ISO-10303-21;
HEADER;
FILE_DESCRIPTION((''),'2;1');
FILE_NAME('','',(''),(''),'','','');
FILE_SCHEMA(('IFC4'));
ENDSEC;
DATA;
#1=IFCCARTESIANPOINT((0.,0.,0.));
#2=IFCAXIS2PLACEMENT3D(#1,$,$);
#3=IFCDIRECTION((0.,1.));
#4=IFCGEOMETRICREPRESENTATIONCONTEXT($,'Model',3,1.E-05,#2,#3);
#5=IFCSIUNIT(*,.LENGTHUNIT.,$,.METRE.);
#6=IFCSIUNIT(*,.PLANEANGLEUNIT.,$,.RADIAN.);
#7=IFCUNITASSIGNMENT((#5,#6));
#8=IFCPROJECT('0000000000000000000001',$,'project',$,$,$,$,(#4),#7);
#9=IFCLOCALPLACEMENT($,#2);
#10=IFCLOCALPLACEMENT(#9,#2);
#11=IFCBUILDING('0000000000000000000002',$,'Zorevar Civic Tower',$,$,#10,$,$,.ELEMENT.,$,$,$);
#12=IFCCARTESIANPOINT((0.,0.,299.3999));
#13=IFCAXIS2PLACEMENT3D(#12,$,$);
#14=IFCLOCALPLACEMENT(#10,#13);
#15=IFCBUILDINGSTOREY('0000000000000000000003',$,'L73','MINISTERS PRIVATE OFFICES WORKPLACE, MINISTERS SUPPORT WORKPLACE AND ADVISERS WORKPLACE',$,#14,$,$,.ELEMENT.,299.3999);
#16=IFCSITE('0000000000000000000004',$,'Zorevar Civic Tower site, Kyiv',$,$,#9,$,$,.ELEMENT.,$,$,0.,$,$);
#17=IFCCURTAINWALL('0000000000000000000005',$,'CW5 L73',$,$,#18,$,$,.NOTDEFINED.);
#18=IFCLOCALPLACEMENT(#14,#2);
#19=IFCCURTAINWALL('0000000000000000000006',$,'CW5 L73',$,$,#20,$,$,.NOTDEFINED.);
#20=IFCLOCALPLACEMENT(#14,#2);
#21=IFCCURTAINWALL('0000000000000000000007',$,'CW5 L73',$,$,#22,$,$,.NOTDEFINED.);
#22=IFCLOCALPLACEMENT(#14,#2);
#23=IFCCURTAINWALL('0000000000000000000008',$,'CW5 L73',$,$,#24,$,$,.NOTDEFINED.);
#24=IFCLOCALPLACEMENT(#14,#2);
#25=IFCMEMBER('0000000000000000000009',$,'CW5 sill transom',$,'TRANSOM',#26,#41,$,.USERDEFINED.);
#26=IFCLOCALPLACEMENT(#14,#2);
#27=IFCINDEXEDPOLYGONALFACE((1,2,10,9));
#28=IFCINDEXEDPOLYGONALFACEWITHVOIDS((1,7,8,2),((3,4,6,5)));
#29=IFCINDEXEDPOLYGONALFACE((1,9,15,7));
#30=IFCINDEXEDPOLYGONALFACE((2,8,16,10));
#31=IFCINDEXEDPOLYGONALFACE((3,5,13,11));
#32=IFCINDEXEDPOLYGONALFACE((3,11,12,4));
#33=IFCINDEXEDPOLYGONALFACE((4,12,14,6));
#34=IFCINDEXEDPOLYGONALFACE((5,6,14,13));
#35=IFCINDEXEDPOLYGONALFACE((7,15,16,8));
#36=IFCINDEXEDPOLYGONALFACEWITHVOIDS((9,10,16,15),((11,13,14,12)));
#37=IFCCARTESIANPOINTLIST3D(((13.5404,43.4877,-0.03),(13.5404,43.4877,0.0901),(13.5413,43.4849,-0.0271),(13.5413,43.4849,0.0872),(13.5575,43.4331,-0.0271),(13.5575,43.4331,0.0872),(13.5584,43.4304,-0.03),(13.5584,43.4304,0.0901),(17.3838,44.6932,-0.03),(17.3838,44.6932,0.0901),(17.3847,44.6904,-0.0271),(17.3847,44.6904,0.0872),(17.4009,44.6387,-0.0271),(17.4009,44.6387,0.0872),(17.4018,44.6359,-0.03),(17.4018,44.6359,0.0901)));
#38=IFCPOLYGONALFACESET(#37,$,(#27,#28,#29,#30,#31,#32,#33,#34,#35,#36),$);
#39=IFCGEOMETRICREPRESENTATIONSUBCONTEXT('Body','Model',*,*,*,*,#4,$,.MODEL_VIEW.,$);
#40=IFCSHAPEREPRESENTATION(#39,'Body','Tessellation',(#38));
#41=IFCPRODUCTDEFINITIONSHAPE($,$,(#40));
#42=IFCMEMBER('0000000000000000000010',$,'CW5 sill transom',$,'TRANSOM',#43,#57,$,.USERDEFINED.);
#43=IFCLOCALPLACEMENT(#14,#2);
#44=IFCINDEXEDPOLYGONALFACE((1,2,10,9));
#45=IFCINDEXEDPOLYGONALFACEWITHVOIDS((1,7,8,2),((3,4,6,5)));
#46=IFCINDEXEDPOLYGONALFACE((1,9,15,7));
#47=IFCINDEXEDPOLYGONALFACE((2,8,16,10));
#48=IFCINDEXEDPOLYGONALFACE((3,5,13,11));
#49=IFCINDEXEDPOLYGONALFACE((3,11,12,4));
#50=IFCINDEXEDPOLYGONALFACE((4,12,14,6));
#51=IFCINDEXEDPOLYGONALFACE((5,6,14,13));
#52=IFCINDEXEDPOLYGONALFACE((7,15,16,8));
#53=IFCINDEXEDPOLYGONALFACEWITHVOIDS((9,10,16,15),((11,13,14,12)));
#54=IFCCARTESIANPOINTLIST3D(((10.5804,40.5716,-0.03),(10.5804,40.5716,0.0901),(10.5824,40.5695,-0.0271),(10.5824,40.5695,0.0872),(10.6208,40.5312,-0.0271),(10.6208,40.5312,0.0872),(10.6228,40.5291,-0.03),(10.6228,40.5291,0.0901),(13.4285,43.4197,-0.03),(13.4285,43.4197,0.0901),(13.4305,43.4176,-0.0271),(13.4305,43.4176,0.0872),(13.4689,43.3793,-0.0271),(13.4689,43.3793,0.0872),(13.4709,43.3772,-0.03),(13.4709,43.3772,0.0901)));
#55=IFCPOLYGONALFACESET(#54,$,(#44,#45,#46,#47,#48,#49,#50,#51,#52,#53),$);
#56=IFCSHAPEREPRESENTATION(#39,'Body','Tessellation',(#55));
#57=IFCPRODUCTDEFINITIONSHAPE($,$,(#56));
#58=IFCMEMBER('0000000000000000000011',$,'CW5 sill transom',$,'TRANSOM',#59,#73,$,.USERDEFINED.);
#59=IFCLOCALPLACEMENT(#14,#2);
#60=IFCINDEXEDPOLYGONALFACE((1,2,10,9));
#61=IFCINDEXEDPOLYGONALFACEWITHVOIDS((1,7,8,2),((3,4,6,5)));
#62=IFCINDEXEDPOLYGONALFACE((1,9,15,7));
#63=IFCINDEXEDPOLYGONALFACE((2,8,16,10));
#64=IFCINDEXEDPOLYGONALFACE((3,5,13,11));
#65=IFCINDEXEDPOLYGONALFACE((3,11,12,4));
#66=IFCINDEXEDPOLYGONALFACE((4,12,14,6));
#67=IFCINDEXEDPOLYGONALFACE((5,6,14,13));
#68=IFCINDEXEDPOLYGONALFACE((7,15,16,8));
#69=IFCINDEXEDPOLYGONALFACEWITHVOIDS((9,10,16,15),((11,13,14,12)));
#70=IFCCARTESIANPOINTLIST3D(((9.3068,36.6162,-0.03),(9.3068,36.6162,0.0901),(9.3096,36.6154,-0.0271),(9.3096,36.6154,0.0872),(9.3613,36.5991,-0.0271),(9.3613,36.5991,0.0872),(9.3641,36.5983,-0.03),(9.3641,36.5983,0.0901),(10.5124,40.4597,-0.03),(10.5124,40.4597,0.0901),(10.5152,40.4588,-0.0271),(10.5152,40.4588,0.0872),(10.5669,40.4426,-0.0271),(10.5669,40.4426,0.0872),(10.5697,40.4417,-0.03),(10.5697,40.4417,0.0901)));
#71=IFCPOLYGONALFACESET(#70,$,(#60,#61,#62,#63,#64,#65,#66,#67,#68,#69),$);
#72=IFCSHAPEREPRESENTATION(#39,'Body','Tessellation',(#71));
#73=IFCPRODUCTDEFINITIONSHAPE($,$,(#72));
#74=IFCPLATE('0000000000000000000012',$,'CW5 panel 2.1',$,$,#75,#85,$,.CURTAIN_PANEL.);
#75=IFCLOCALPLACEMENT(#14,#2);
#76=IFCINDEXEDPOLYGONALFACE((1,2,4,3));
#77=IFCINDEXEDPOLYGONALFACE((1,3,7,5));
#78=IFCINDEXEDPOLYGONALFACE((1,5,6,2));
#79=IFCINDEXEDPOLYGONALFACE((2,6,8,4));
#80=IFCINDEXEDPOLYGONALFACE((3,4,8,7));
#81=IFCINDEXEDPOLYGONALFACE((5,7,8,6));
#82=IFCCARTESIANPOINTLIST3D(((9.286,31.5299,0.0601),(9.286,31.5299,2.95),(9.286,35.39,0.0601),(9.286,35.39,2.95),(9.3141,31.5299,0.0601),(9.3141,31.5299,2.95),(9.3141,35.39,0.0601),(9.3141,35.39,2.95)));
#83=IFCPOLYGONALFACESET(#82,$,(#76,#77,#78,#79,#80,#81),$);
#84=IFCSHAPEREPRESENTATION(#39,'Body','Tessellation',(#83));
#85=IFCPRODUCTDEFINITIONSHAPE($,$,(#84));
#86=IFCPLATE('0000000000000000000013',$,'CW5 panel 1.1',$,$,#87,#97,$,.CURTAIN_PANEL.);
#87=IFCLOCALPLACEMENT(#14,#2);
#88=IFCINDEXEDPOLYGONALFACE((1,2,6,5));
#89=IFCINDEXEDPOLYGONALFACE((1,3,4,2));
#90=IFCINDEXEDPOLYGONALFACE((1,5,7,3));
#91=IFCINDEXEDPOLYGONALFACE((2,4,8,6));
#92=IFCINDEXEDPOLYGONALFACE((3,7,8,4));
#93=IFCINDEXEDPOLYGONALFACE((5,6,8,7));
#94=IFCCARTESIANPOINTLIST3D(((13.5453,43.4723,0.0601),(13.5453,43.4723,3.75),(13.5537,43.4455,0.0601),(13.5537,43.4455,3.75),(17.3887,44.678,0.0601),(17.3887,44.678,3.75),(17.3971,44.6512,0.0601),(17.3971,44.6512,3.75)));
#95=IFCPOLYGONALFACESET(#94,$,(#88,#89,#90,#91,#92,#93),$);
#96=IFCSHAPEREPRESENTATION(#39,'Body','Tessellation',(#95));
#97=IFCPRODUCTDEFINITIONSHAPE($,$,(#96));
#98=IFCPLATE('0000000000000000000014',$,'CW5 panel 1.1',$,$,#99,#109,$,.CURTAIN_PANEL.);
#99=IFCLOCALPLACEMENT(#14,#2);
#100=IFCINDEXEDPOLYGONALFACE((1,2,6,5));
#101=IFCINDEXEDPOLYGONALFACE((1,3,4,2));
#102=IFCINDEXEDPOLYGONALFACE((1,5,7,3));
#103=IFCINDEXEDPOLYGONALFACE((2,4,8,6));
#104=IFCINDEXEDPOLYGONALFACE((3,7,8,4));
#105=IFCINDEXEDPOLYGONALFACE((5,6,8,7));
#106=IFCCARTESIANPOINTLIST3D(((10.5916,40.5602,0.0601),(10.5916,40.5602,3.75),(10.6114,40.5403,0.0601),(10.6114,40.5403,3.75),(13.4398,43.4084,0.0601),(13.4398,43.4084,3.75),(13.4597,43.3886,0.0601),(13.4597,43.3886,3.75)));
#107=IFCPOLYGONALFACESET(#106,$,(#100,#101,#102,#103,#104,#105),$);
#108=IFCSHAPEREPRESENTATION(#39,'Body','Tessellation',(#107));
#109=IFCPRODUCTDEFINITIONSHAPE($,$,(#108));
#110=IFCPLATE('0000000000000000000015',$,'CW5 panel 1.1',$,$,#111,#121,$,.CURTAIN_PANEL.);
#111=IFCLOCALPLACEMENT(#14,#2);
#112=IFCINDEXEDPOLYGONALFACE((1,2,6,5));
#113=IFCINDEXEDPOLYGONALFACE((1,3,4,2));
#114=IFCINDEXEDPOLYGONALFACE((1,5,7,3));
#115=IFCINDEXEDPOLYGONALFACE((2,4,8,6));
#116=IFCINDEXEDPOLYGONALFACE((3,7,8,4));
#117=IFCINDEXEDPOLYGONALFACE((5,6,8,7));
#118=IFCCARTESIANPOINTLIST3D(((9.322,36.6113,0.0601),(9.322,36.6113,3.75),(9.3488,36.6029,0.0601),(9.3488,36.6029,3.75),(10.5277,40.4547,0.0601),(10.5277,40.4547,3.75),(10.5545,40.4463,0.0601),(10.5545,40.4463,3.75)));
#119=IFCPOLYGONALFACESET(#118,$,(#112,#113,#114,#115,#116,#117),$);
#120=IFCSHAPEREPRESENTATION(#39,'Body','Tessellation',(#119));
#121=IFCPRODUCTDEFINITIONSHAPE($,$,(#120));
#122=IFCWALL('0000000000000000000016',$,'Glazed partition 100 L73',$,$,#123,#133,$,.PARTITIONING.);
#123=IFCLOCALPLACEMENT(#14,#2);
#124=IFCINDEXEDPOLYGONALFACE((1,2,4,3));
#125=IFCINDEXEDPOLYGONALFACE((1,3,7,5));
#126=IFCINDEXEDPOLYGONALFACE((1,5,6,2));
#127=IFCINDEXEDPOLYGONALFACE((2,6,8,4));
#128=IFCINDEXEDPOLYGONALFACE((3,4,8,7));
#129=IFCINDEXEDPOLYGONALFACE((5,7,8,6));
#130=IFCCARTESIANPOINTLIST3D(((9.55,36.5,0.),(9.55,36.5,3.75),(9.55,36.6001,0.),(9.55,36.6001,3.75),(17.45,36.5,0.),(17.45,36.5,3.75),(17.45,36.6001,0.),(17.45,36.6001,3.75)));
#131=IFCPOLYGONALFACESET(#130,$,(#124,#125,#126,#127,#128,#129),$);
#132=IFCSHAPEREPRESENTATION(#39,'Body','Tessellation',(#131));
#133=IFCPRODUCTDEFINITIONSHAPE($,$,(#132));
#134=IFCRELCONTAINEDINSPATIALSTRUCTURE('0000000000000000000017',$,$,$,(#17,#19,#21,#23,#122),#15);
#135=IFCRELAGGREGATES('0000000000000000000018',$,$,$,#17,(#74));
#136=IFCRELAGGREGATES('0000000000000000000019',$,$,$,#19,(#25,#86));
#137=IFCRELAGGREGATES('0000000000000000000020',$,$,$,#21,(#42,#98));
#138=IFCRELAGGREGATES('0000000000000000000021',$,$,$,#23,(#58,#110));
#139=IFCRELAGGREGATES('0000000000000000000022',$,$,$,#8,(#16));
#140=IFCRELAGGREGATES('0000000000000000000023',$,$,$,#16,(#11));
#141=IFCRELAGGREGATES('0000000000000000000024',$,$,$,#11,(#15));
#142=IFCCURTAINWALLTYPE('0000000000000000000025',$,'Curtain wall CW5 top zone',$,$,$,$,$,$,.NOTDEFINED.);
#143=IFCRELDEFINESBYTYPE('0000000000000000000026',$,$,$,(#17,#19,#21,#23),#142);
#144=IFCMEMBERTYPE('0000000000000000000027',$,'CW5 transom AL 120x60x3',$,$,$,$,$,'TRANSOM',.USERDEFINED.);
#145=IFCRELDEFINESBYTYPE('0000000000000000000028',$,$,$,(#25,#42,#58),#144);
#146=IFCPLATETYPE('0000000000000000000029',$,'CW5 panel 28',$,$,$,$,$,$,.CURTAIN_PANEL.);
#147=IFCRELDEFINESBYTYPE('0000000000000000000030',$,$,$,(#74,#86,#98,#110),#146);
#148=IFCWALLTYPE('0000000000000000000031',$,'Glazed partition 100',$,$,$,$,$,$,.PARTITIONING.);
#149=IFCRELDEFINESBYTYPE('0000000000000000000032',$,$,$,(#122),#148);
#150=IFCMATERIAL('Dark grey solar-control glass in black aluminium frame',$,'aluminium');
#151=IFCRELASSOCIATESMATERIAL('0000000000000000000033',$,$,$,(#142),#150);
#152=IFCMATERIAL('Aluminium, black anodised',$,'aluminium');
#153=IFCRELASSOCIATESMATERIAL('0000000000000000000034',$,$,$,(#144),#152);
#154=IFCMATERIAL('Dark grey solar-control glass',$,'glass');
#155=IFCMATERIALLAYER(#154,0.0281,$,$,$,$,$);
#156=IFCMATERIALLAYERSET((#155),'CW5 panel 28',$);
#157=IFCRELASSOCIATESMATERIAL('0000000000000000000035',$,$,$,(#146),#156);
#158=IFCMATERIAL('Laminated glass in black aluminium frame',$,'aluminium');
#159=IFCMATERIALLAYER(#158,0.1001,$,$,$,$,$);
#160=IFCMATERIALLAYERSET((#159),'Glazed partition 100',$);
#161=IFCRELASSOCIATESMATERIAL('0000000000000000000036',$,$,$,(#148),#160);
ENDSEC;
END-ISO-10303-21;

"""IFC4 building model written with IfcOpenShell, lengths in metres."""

from ifc_helpers import new_model, si_unit, direction, frame, frame_2d, origin, origin_2d, place, context, subcontext, project, spatial, rectangle, hollow_rectangle, extrude, material, layer, layer_set, material_profile, profile_set, type_object, element, aggregate, save


model = new_model("IFC4")

# Units and contexts
model_context = context("Model", 3, precision=1e-05, world=origin(), true_north=direction((0.0, 1.0)))
body_context = subcontext(model_context, "Body", "Model", "MODEL_VIEW")
ifc_project = project(units=[si_unit("LENGTHUNIT", "METRE"), si_unit("PLANEANGLEUNIT", "RADIAN")], contexts=[model_context])

# Site, building, storey
site_placement = place(None, origin())
site = spatial("IfcSite", under=ifc_project, at=site_placement, Name="Zorevar Civic Tower site, Kyiv", CompositionType="ELEMENT", RefElevation=0.0)
building_placement = place(site_placement, origin())
building = spatial("IfcBuilding", under=site, at=building_placement, Name="Zorevar Civic Tower", CompositionType="ELEMENT")
storey_placement = place(building_placement, frame((0.0, 0.0, 299.3999)))
storey = spatial("IfcBuildingStorey", under=building, at=storey_placement, Name="L73", Description="MINISTERS PRIVATE OFFICES WORKPLACE, MINISTERS SUPPORT WORKPLACE AND ADVISERS WORKPLACE", CompositionType="ELEMENT", Elevation=299.3999)

# Curtain walls
ifc_material_1 = material(Name="Dark grey solar-control glass in black aluminium frame", Category="aluminium")
curtain_wall_type = type_object("IfcCurtainWallType", Name="Curtain wall CW5 top zone", PredefinedType="NOTDEFINED", material=ifc_material_1)
curtain_wall_1_placement = place(storey_placement, origin())
curtain_wall_1 = element("IfcCurtainWall", 1, at=curtain_wall_1_placement, inside=storey, type_object=curtain_wall_type, Name="CW5 L73", PredefinedType="NOTDEFINED")
curtain_wall_2_placement = place(storey_placement, origin())
curtain_wall_2 = element("IfcCurtainWall", 2, at=curtain_wall_2_placement, inside=storey, type_object=curtain_wall_type, Name="CW5 L73", PredefinedType="NOTDEFINED")
curtain_wall_3_placement = place(storey_placement, origin())
curtain_wall_3 = element("IfcCurtainWall", 3, at=curtain_wall_3_placement, inside=storey, type_object=curtain_wall_type, Name="CW5 L73", PredefinedType="NOTDEFINED")
curtain_wall_4_placement = place(storey_placement, origin())
curtain_wall_4 = element("IfcCurtainWall", 4, at=curtain_wall_4_placement, inside=storey, type_object=curtain_wall_type, Name="CW5 L73", PredefinedType="NOTDEFINED")

# Members
ifc_material_2 = material(Name="Aluminium, black anodised", Category="aluminium")
ifc_material_profile_1 = material_profile(ifc_material_2, hollow_rectangle(XDim=0.0601, YDim=0.1201, WallThickness=0.0029, at=origin_2d()), Name="AL 120x60x3")
ifc_profile_set_1 = profile_set([ifc_material_profile_1], Name="Aluminium, black anodised")
member_type_1 = type_object("IfcMemberType", Name="CW5 transom AL 120x60x3", ElementType="TRANSOM", PredefinedType="USERDEFINED", material=ifc_profile_set_1)
member_1_placement = place(storey_placement, frame((17.3928, 44.6646, 0.03), z_axis=(-0.954163, -0.299286, 0.0), x_axis=(0.299286, -0.954163, 0.0)))
member_1 = element("IfcMember", 5, at=member_1_placement, type_object=member_type_1, Name="CW5 sill transom", ObjectType="TRANSOM", PredefinedType="USERDEFINED", context=body_context, shape_type="SweptSolid", body=[
    extrude(hollow_rectangle(XDim=0.0601, YDim=0.1201, WallThickness=0.0029, at=origin_2d()), origin(), (0.0, 0.0, 1.0), 4.0281),
])
member_2_placement = place(storey_placement, frame((13.4497, 43.3984, 0.03), z_axis=(-0.707107, -0.707107, 0.0), x_axis=(0.707107, -0.707107, 0.0)))
member_2 = element("IfcMember", 6, at=member_2_placement, type_object=member_type_1, Name="CW5 sill transom", ObjectType="TRANSOM", PredefinedType="USERDEFINED", context=body_context, shape_type="SweptSolid", body=[
    extrude(hollow_rectangle(XDim=0.0601, YDim=0.1201, WallThickness=0.0029, at=origin_2d()), origin(), (0.0, 0.0, 1.0), 4.0278),
])
member_3_placement = place(storey_placement, frame((10.541, 40.4507, 0.03), z_axis=(-0.299286, -0.954163, 0.0), x_axis=(0.954163, -0.299286, 0.0)))
member_3 = element("IfcMember", 7, at=member_3_placement, type_object=member_type_1, Name="CW5 sill transom", ObjectType="TRANSOM", PredefinedType="USERDEFINED", context=body_context, shape_type="SweptSolid", body=[
    extrude(hollow_rectangle(XDim=0.0601, YDim=0.1201, WallThickness=0.0029, at=origin_2d()), origin(), (0.0, 0.0, 1.0), 4.0281),
])

# Plates
ifc_material_3 = material(Name="Dark grey solar-control glass", Category="glass")
ifc_layer_1 = layer(ifc_material_3, 0.0281)
ifc_layer_set_1 = layer_set([ifc_layer_1], Name="CW5 panel 28")
plate_type = type_object("IfcPlateType", Name="CW5 panel 28", PredefinedType="CURTAIN_PANEL", material=ifc_layer_set_1)
plate_1_placement = place(storey_placement, frame((9.3, 33.46, 0.0601), z_axis=(0.0, 0.0, 1.0), x_axis=(0.0, 1.0, 0.0)))
plate_1 = element("IfcPlate", 8, at=plate_1_placement, type_object=plate_type, Name="CW5 panel 2.1", PredefinedType="CURTAIN_PANEL", context=body_context, shape_type="SweptSolid", body=[
    extrude(rectangle(XDim=3.8601, YDim=0.0281, at=origin_2d()), origin(), (0.0, 0.0, 1.0), 2.8899),
])
aggregate(curtain_wall_1, [plate_1])
plate_2_placement = place(storey_placement, frame((15.4712, 44.0618, 0.0601), z_axis=(0.0, 0.0, 1.0), x_axis=(-0.954153, -0.299318, 0.0)))
plate_2 = element("IfcPlate", 9, at=plate_2_placement, type_object=plate_type, Name="CW5 panel 1.1", PredefinedType="CURTAIN_PANEL", context=body_context, shape_type="SweptSolid", body=[
    extrude(rectangle(XDim=4.0281, YDim=0.0281, at=origin_2d()), origin(), (0.0, 0.0, 1.0), 3.6899),
])
aggregate(curtain_wall_2, [member_1, plate_2])
plate_3_placement = place(storey_placement, frame((12.0256, 41.9744, 0.0601), z_axis=(0.0, 0.0, 1.0), x_axis=(-0.707107, -0.707107, 0.0)))
plate_3 = element("IfcPlate", 10, at=plate_3_placement, type_object=plate_type, Name="CW5 panel 1.1", PredefinedType="CURTAIN_PANEL", context=body_context, shape_type="SweptSolid", body=[
    extrude(rectangle(XDim=4.0281, YDim=0.0281, at=origin_2d()), origin(), (0.0, 0.0, 1.0), 3.6899),
])
aggregate(curtain_wall_3, [member_2, plate_3])
plate_4_placement = place(storey_placement, frame((9.9382, 38.5288, 0.0601), z_axis=(0.0, 0.0, 1.0), x_axis=(-0.299318, -0.954153, 0.0)))
plate_4 = element("IfcPlate", 11, at=plate_4_placement, type_object=plate_type, Name="CW5 panel 1.1", PredefinedType="CURTAIN_PANEL", context=body_context, shape_type="SweptSolid", body=[
    extrude(rectangle(XDim=4.0281, YDim=0.0281, at=origin_2d()), origin(), (0.0, 0.0, 1.0), 3.6899),
])
aggregate(curtain_wall_4, [member_3, plate_4])

# Wall
ifc_material_4 = material(Name="Laminated glass in black aluminium frame", Category="aluminium")
ifc_layer_2 = layer(ifc_material_4, 0.1001)
ifc_layer_set_2 = layer_set([ifc_layer_2], Name="Glazed partition 100")
wall_type_1 = type_object("IfcWallType", Name="Glazed partition 100", PredefinedType="PARTITIONING", material=ifc_layer_set_2)
wall_1_placement = place(storey_placement, frame((9.55, 36.55, 0.0), z_axis=(0.0, 0.0, 1.0), x_axis=(1.0, 0.0, 0.0)))
element("IfcWall", 12, at=wall_1_placement, inside=storey, type_object=wall_type_1, Name="Glazed partition 100 L73", PredefinedType="PARTITIONING", context=body_context, shape_type="SweptSolid", body=[
    extrude(rectangle(XDim=7.8999, YDim=0.1001, at=frame_2d((3.95, 0.0))), origin(), (0.0, 0.0, 1.0), 3.75),
])

save(model, "model.ifc")
